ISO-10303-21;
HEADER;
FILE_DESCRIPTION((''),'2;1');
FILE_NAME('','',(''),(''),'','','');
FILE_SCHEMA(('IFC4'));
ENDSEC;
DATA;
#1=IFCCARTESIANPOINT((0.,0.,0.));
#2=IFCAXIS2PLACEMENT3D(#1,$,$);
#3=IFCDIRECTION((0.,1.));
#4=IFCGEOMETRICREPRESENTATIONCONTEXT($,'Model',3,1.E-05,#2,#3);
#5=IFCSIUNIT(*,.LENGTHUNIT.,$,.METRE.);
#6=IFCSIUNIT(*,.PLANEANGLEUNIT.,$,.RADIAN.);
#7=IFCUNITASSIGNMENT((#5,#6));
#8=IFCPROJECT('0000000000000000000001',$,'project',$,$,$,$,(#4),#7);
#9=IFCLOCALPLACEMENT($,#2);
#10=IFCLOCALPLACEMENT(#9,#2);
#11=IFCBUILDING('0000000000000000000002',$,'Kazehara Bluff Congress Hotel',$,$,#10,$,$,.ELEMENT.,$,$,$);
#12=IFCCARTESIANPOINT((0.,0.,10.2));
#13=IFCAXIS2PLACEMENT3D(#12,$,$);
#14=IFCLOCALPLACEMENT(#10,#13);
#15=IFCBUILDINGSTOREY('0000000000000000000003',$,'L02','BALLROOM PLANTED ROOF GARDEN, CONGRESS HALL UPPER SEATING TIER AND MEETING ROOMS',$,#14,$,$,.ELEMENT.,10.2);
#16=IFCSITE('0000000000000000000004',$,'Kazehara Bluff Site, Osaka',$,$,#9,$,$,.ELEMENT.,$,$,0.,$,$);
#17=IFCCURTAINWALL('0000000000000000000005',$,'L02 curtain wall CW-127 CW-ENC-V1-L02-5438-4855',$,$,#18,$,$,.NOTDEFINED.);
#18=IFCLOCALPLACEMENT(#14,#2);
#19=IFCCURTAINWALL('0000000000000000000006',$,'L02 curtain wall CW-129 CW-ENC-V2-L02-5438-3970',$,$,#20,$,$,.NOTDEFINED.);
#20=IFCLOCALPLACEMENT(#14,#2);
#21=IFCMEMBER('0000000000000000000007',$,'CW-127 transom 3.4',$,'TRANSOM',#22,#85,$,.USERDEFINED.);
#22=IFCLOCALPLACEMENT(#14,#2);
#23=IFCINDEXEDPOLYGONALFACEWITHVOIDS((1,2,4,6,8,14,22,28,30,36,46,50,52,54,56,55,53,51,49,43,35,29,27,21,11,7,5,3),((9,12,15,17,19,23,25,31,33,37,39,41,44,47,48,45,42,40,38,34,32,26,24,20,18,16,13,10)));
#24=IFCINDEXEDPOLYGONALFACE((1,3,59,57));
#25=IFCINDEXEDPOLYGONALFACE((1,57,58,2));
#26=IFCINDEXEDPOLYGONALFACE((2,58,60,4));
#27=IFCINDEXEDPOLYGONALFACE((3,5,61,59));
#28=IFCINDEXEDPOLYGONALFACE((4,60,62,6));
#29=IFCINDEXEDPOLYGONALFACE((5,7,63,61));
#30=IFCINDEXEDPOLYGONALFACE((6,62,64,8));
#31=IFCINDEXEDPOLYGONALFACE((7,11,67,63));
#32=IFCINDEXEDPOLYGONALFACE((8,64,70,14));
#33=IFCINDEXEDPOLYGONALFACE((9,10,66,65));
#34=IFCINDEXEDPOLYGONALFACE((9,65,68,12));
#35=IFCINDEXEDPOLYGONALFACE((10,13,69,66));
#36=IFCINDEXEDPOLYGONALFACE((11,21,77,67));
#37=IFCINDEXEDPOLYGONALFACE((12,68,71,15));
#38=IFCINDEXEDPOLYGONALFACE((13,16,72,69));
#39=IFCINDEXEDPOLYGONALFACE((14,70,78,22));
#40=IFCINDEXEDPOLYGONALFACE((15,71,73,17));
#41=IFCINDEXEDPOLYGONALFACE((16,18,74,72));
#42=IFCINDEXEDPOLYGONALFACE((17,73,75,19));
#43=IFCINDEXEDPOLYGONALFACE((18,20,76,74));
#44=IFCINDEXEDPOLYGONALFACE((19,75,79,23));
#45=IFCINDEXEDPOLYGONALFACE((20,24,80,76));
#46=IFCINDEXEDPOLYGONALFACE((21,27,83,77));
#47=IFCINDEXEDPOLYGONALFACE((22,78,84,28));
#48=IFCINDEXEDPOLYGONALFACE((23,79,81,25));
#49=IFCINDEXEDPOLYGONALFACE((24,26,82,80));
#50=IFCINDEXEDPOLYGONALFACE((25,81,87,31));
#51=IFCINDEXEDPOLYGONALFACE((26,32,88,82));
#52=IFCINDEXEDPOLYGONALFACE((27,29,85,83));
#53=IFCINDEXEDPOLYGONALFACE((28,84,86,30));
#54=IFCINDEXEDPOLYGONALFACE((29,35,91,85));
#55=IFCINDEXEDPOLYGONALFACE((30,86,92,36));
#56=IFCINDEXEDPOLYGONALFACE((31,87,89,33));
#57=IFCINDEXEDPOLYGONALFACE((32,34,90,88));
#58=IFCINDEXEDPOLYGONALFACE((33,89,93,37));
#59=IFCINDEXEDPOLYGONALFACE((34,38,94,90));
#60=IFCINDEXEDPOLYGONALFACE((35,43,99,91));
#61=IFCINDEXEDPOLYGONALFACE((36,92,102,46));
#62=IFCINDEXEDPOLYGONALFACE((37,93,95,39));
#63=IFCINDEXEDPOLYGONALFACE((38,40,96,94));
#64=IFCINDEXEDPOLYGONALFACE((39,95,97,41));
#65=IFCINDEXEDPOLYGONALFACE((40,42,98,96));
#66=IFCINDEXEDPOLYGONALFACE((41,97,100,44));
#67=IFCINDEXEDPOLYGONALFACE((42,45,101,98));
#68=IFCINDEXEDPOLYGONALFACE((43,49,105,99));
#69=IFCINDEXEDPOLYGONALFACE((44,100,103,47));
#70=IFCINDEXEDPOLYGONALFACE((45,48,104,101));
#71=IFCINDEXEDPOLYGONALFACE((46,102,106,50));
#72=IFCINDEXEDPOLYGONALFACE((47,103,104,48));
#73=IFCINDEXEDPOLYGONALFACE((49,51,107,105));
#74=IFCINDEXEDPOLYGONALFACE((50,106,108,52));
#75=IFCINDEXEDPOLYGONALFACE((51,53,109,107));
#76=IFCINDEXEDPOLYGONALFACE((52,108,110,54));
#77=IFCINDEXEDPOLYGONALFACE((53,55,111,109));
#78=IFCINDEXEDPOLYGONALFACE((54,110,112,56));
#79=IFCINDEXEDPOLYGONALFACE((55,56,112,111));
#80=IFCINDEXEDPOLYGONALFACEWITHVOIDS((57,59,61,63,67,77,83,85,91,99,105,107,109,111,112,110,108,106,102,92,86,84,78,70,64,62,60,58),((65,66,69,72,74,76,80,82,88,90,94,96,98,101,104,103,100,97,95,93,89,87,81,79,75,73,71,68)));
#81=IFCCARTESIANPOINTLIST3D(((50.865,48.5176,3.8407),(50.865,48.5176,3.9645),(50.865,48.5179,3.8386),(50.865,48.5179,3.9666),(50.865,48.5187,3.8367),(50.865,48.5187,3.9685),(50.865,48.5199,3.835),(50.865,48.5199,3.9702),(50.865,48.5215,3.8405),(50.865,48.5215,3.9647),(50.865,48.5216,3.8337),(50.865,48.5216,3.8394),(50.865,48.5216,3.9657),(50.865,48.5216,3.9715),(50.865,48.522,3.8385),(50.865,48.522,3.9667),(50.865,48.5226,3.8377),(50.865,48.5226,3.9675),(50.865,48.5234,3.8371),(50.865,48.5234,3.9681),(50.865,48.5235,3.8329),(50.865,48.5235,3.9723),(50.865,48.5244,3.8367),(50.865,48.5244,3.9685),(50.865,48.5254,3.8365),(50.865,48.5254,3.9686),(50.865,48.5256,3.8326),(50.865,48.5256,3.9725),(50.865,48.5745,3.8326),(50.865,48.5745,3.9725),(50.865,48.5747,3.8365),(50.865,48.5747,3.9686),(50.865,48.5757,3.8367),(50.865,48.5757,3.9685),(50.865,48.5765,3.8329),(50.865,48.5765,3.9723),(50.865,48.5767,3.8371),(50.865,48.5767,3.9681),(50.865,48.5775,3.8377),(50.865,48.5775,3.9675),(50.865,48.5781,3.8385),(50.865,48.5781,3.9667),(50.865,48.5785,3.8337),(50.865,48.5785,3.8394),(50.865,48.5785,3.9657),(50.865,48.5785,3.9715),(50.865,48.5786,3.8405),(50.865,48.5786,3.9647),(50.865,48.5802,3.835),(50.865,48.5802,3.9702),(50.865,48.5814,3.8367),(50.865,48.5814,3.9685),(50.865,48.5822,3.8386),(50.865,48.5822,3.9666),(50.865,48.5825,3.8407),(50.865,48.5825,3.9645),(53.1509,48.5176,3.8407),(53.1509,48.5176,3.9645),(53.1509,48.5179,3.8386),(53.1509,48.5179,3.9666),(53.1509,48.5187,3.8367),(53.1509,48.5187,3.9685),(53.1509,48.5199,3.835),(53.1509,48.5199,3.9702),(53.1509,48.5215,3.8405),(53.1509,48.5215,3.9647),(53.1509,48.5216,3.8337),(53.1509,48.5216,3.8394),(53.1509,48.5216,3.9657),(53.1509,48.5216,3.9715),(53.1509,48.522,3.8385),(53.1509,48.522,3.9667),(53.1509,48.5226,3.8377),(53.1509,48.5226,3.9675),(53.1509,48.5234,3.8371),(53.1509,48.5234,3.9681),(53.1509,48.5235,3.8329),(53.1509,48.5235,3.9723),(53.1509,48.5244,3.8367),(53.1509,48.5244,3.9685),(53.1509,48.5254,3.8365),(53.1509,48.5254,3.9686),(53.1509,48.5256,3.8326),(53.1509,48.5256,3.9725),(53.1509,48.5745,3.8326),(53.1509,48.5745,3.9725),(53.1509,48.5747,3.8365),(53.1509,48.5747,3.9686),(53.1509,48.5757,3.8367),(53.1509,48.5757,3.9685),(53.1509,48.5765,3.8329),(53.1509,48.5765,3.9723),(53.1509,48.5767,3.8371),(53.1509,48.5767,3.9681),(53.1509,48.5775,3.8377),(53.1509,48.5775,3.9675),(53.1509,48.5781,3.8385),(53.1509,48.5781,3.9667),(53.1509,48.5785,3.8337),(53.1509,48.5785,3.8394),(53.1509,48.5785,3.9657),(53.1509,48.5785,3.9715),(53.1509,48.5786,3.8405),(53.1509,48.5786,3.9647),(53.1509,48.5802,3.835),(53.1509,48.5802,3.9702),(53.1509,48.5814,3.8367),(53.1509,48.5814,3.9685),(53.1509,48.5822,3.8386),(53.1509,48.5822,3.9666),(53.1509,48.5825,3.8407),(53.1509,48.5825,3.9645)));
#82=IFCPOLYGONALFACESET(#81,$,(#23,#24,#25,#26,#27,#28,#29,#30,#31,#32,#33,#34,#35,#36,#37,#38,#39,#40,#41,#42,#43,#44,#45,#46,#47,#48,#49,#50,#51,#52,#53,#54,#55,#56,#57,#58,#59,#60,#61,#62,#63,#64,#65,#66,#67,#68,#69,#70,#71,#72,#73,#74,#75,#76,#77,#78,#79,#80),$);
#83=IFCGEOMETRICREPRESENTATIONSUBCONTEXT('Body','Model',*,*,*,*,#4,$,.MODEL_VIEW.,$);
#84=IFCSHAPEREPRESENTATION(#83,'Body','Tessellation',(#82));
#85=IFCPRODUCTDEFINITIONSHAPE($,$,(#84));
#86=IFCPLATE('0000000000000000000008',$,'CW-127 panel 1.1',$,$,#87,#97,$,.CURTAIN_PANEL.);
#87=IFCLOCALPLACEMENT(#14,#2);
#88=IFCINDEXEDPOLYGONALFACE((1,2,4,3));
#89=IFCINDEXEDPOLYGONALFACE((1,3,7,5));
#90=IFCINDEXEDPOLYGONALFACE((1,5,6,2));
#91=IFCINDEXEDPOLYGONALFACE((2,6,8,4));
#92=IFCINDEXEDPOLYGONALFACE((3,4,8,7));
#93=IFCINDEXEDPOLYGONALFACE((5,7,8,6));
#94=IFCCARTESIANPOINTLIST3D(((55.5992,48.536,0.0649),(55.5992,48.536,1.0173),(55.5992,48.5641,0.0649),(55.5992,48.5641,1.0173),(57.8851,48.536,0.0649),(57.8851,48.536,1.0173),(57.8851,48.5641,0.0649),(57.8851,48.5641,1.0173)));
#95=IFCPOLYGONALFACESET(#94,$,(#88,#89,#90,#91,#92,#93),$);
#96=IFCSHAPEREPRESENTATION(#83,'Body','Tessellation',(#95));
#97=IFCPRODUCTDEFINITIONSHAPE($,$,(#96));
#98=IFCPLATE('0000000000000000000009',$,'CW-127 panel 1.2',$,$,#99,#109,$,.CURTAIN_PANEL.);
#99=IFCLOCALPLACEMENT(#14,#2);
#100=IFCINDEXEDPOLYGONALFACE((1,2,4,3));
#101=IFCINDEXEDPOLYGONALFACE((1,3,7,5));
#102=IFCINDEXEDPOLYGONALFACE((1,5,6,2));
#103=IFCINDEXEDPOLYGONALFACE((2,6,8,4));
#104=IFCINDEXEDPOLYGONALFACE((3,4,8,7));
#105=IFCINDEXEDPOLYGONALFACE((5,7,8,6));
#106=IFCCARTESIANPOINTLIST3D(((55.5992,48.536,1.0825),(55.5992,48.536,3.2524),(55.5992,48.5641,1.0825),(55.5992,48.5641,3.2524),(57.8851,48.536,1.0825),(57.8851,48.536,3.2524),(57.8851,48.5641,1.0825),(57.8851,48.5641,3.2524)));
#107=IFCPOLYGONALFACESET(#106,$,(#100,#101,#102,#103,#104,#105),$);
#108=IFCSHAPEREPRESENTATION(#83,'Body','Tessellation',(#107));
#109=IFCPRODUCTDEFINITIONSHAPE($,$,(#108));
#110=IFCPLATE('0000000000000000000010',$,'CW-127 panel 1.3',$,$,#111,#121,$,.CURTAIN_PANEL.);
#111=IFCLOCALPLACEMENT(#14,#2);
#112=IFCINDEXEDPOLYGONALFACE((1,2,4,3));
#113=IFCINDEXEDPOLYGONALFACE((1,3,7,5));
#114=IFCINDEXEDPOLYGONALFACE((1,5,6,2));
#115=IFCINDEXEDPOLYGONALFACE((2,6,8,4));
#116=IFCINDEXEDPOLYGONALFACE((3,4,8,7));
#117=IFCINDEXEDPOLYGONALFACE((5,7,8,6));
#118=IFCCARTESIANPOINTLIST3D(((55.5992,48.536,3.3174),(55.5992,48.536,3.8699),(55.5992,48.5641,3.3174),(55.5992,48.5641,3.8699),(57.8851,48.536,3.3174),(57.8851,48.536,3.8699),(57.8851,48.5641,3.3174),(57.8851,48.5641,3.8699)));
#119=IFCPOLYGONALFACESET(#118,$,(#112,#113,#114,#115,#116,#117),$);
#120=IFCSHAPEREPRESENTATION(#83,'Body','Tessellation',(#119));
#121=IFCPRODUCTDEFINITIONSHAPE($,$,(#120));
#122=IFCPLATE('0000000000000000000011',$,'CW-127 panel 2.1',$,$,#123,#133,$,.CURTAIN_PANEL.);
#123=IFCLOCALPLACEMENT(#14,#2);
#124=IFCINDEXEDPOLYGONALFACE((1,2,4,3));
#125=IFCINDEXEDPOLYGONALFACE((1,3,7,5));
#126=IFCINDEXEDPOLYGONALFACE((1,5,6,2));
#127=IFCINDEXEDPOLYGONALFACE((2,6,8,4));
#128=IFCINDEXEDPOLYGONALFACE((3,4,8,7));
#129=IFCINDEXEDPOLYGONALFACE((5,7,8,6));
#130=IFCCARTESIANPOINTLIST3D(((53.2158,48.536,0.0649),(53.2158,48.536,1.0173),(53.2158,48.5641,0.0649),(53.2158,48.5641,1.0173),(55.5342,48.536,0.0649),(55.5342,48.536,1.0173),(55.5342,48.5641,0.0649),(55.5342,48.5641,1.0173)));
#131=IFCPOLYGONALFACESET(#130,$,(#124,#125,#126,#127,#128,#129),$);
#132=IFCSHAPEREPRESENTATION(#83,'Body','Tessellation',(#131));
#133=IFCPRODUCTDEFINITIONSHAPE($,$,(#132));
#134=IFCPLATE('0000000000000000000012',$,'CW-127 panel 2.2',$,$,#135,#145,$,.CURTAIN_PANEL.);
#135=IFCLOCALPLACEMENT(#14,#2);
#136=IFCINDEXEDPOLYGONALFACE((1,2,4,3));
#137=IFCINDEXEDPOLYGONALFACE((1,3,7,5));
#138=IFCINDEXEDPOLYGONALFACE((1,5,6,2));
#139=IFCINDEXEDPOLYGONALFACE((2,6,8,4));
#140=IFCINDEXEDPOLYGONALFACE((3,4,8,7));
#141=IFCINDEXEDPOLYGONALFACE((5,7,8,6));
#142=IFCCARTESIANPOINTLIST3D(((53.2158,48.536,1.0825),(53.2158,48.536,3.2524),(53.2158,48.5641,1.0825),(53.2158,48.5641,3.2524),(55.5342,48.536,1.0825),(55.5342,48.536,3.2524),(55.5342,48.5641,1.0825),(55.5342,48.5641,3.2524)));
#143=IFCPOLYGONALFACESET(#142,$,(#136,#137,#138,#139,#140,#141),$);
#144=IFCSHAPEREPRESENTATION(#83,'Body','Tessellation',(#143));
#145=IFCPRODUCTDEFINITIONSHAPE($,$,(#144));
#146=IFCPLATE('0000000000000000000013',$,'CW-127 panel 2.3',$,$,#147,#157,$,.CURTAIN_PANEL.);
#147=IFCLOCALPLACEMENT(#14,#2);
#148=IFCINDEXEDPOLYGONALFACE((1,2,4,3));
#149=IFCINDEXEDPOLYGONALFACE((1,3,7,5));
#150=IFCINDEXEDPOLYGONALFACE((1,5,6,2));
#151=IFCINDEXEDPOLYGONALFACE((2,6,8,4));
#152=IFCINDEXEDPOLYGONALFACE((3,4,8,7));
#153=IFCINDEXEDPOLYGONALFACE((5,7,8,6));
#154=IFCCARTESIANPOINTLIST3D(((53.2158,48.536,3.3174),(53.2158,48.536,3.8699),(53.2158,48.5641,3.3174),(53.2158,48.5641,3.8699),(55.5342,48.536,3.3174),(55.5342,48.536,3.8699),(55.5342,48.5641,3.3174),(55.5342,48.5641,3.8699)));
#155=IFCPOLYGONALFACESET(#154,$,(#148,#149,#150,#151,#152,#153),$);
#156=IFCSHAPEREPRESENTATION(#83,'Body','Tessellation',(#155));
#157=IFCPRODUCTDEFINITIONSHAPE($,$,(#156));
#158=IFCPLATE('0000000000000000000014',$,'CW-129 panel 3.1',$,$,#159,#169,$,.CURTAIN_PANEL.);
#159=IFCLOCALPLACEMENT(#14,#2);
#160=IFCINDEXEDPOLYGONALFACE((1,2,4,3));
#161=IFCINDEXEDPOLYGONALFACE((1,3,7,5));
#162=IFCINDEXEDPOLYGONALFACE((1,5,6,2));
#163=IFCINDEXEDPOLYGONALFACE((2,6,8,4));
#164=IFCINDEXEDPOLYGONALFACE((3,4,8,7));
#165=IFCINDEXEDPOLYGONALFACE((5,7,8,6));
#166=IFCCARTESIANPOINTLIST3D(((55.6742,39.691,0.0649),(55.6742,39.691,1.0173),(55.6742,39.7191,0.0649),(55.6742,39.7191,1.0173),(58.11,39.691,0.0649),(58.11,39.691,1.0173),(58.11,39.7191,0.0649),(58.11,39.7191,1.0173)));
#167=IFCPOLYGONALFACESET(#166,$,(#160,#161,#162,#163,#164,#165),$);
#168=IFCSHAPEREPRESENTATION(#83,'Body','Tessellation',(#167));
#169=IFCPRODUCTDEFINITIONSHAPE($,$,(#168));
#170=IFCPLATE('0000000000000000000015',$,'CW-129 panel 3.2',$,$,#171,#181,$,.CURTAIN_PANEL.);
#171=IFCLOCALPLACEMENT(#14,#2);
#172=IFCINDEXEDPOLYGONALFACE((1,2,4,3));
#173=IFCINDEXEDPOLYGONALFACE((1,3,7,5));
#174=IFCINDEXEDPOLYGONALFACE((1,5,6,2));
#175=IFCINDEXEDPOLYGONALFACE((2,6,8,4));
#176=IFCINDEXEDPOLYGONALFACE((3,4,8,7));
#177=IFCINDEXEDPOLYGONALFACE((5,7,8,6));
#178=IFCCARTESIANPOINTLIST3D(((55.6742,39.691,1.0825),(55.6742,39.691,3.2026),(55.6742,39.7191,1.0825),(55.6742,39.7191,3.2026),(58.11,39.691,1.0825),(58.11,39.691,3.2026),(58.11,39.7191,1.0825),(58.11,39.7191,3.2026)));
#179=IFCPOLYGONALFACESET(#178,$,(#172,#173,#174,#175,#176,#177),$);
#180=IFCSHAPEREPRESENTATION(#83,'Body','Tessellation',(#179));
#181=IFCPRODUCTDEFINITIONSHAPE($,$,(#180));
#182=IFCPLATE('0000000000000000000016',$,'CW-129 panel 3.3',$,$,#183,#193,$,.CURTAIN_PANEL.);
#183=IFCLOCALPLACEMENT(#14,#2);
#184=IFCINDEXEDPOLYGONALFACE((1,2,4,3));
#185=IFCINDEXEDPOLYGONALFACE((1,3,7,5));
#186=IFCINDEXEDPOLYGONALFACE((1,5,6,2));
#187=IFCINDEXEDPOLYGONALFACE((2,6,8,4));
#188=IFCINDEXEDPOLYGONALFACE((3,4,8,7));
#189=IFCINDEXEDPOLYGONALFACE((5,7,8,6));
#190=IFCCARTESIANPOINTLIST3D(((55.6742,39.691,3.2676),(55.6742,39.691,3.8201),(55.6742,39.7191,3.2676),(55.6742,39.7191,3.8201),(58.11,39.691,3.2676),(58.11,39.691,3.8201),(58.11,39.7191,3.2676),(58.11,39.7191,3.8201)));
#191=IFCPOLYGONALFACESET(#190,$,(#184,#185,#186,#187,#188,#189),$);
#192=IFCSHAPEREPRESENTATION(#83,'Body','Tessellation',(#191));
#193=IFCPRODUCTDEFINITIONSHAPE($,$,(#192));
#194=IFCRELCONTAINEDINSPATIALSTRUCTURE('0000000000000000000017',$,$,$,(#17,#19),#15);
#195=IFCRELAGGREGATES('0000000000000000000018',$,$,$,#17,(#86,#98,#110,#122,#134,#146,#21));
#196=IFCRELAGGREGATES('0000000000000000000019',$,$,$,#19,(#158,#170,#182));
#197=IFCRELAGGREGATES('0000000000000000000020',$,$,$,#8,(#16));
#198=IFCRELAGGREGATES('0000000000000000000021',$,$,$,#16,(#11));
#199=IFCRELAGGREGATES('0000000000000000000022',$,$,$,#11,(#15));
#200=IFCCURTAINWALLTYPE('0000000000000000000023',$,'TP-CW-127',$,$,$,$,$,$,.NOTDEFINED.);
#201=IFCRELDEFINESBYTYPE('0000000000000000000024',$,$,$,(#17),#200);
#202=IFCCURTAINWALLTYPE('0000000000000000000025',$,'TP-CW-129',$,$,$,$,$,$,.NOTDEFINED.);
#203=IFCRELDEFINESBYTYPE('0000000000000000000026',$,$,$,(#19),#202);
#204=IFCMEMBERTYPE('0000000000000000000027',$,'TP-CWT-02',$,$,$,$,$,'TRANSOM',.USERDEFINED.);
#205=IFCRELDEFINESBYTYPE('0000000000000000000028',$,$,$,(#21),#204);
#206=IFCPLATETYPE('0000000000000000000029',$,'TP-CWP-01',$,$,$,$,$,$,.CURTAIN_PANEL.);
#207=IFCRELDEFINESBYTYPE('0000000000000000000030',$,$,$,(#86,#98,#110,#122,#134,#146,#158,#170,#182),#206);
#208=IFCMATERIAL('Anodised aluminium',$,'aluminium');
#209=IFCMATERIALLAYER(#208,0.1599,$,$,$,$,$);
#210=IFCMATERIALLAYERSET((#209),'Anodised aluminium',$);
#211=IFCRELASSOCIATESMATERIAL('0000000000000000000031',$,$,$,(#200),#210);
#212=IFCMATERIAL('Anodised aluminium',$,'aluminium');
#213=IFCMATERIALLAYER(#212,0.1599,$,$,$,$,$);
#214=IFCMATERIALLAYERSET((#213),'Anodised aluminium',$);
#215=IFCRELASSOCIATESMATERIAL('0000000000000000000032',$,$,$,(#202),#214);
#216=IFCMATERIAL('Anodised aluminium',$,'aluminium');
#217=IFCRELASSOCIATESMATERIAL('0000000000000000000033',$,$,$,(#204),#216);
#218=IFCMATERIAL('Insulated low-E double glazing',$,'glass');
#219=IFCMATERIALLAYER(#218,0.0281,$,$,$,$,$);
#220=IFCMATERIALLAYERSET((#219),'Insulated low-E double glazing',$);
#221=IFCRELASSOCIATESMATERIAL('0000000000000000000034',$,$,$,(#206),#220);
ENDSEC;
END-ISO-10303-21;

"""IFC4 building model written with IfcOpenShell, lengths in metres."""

from ifc_helpers import new_model, si_unit, direction, frame, origin, origin_2d, place, context, subcontext, project, spatial, rectangle, hollow_rectangle, extrude, material, layer, layer_set, material_profile, profile_set, type_object, element, aggregate, save


model = new_model("IFC4")

# Units and contexts
model_context = context("Model", 3, precision=1e-05, world=origin(), true_north=direction((0.0, 1.0)))
body_context = subcontext(model_context, "Body", "Model", "MODEL_VIEW")
ifc_project = project(units=[si_unit("LENGTHUNIT", "METRE"), si_unit("PLANEANGLEUNIT", "RADIAN")], contexts=[model_context])

# Site, building, storey
site_placement = place(None, origin())
site = spatial("IfcSite", under=ifc_project, at=site_placement, Name="Kazehara Bluff Site, Osaka", CompositionType="ELEMENT", RefElevation=0.0)
building_placement = place(site_placement, origin())
building = spatial("IfcBuilding", under=site, at=building_placement, Name="Kazehara Bluff Congress Hotel", CompositionType="ELEMENT")
storey_placement = place(building_placement, frame((0.0, 0.0, 10.2)))
storey = spatial("IfcBuildingStorey", under=building, at=storey_placement, Name="L02", Description="BALLROOM PLANTED ROOF GARDEN, CONGRESS HALL UPPER SEATING TIER AND MEETING ROOMS", CompositionType="ELEMENT", Elevation=10.2)

# Curtain wall
ifc_material_1 = material(Name="Anodised aluminium", Category="aluminium")
ifc_layer_1 = layer(ifc_material_1, 0.1599)
ifc_layer_set_1 = layer_set([ifc_layer_1], Name="Anodised aluminium")
curtain_wall_type_1 = type_object("IfcCurtainWallType", Name="TP-CW-127", PredefinedType="NOTDEFINED", material=ifc_layer_set_1)
curtain_wall_1_placement = place(storey_placement, origin())
curtain_wall_1 = element("IfcCurtainWall", 1, at=curtain_wall_1_placement, inside=storey, type_object=curtain_wall_type_1, Name="L02 curtain wall CW-127 CW-ENC-V1-L02-5438-4855", PredefinedType="NOTDEFINED")

# Curtain wall
ifc_material_2 = material(Name="Anodised aluminium", Category="aluminium")
ifc_layer_2 = layer(ifc_material_2, 0.1599)
ifc_layer_set_2 = layer_set([ifc_layer_2], Name="Anodised aluminium")
curtain_wall_type_2 = type_object("IfcCurtainWallType", Name="TP-CW-129", PredefinedType="NOTDEFINED", material=ifc_layer_set_2)
curtain_wall_2_placement = place(storey_placement, origin())
curtain_wall_2 = element("IfcCurtainWall", 2, at=curtain_wall_2_placement, inside=storey, type_object=curtain_wall_type_2, Name="L02 curtain wall CW-129 CW-ENC-V2-L02-5438-3970", PredefinedType="NOTDEFINED")

# Member
ifc_material_3 = material(Name="Anodised aluminium", Category="aluminium")
ifc_material_profile_1 = material_profile(ifc_material_3, hollow_rectangle(XDim=0.0649, YDim=0.1399, WallThickness=0.0039, InnerFilletRadius=0.0039, OuterFilletRadius=0.0081, at=origin_2d()))
ifc_profile_set_1 = profile_set([ifc_material_profile_1], Name="Anodised aluminium")
member_type_1 = type_object("IfcMemberType", Name="TP-CWT-02", ElementType="TRANSOM", PredefinedType="USERDEFINED", material=ifc_profile_set_1)
member_1_placement = place(storey_placement, frame((53.1509, 48.55, 3.9026), z_axis=(-1.0, 0.0, 0.0), x_axis=(0.0, -1.0, 0.0)))
member_1 = element("IfcMember", 3, at=member_1_placement, type_object=member_type_1, Name="CW-127 transom 3.4", ObjectType="TRANSOM", PredefinedType="USERDEFINED", context=body_context, shape_type="SweptSolid", body=[
    extrude(hollow_rectangle(XDim=0.0649, YDim=0.1399, WallThickness=0.0039, InnerFilletRadius=0.0039, OuterFilletRadius=0.0081, at=origin_2d()), origin(), (0.0, 0.0, 1.0), 2.2859),
])

# Plates
ifc_material_4 = material(Name="Insulated low-E double glazing", Category="glass")
ifc_layer_3 = layer(ifc_material_4, 0.0281)
ifc_layer_set_3 = layer_set([ifc_layer_3], Name="Insulated low-E double glazing")
plate_type = type_object("IfcPlateType", Name="TP-CWP-01", PredefinedType="CURTAIN_PANEL", material=ifc_layer_set_3)
plate_1_placement = place(storey_placement, frame((56.7422, 48.55, 0.0649), z_axis=(0.0, 0.0, 1.0), x_axis=(-1.0, 0.0, 0.0)))
plate_1 = element("IfcPlate", 4, at=plate_1_placement, type_object=plate_type, Name="CW-127 panel 1.1", PredefinedType="CURTAIN_PANEL", context=body_context, shape_type="SweptSolid", body=[
    extrude(rectangle(XDim=2.2859, YDim=0.0281, at=origin_2d()), origin(), (0.0, 0.0, 1.0), 0.9524),
])
plate_2_placement = place(storey_placement, frame((56.7422, 48.55, 1.0825), z_axis=(0.0, 0.0, 1.0), x_axis=(-1.0, 0.0, 0.0)))
plate_2 = element("IfcPlate", 5, at=plate_2_placement, type_object=plate_type, Name="CW-127 panel 1.2", PredefinedType="CURTAIN_PANEL", context=body_context, shape_type="SweptSolid", body=[
    extrude(rectangle(XDim=2.2859, YDim=0.0281, at=origin_2d()), origin(), (0.0, 0.0, 1.0), 2.1699),
])
plate_3_placement = place(storey_placement, frame((56.7422, 48.55, 3.3174), z_axis=(0.0, 0.0, 1.0), x_axis=(-1.0, 0.0, 0.0)))
plate_3 = element("IfcPlate", 6, at=plate_3_placement, type_object=plate_type, Name="CW-127 panel 1.3", PredefinedType="CURTAIN_PANEL", context=body_context, shape_type="SweptSolid", body=[
    extrude(rectangle(XDim=2.2859, YDim=0.0281, at=origin_2d()), origin(), (0.0, 0.0, 1.0), 0.5525),
])
plate_4_placement = place(storey_placement, frame((54.375, 48.55, 0.0649), z_axis=(0.0, 0.0, 1.0), x_axis=(-1.0, 0.0, 0.0)))
plate_4 = element("IfcPlate", 7, at=plate_4_placement, type_object=plate_type, Name="CW-127 panel 2.1", PredefinedType="CURTAIN_PANEL", context=body_context, shape_type="SweptSolid", body=[
    extrude(rectangle(XDim=2.3184, YDim=0.0281, at=origin_2d()), origin(), (0.0, 0.0, 1.0), 0.9524),
])
plate_5_placement = place(storey_placement, frame((54.375, 48.55, 1.0825), z_axis=(0.0, 0.0, 1.0), x_axis=(-1.0, 0.0, 0.0)))
plate_5 = element("IfcPlate", 8, at=plate_5_placement, type_object=plate_type, Name="CW-127 panel 2.2", PredefinedType="CURTAIN_PANEL", context=body_context, shape_type="SweptSolid", body=[
    extrude(rectangle(XDim=2.3184, YDim=0.0281, at=origin_2d()), origin(), (0.0, 0.0, 1.0), 2.1699),
])
plate_6_placement = place(storey_placement, frame((54.375, 48.55, 3.3174), z_axis=(0.0, 0.0, 1.0), x_axis=(-1.0, 0.0, 0.0)))
plate_6 = element("IfcPlate", 9, at=plate_6_placement, type_object=plate_type, Name="CW-127 panel 2.3", PredefinedType="CURTAIN_PANEL", context=body_context, shape_type="SweptSolid", body=[
    extrude(rectangle(XDim=2.3184, YDim=0.0281, at=origin_2d()), origin(), (0.0, 0.0, 1.0), 0.5525),
])
aggregate(curtain_wall_1, [plate_1, plate_2, plate_3, plate_4, plate_5, plate_6, member_1])
plate_7_placement = place(storey_placement, frame((56.8921, 39.7051, 0.0649), z_axis=(0.0, 0.0, 1.0), x_axis=(1.0, 0.0, 0.0)))
plate_7 = element("IfcPlate", 10, at=plate_7_placement, type_object=plate_type, Name="CW-129 panel 3.1", PredefinedType="CURTAIN_PANEL", context=body_context, shape_type="SweptSolid", body=[
    extrude(rectangle(XDim=2.4358, YDim=0.0281, at=origin_2d()), origin(), (0.0, 0.0, 1.0), 0.9524),
])
plate_8_placement = place(storey_placement, frame((56.8921, 39.7051, 1.0825), z_axis=(0.0, 0.0, 1.0), x_axis=(1.0, 0.0, 0.0)))
plate_8 = element("IfcPlate", 11, at=plate_8_placement, type_object=plate_type, Name="CW-129 panel 3.2", PredefinedType="CURTAIN_PANEL", context=body_context, shape_type="SweptSolid", body=[
    extrude(rectangle(XDim=2.4358, YDim=0.0281, at=origin_2d()), origin(), (0.0, 0.0, 1.0), 2.1201),
])
plate_9_placement = place(storey_placement, frame((56.8921, 39.7051, 3.2676), z_axis=(0.0, 0.0, 1.0), x_axis=(1.0, 0.0, 0.0)))
plate_9 = element("IfcPlate", 12, at=plate_9_placement, type_object=plate_type, Name="CW-129 panel 3.3", PredefinedType="CURTAIN_PANEL", context=body_context, shape_type="SweptSolid", body=[
    extrude(rectangle(XDim=2.4358, YDim=0.0281, at=origin_2d()), origin(), (0.0, 0.0, 1.0), 0.5525),
])
aggregate(curtain_wall_2, [plate_7, plate_8, plate_9])

save(model, "model.ifc")
